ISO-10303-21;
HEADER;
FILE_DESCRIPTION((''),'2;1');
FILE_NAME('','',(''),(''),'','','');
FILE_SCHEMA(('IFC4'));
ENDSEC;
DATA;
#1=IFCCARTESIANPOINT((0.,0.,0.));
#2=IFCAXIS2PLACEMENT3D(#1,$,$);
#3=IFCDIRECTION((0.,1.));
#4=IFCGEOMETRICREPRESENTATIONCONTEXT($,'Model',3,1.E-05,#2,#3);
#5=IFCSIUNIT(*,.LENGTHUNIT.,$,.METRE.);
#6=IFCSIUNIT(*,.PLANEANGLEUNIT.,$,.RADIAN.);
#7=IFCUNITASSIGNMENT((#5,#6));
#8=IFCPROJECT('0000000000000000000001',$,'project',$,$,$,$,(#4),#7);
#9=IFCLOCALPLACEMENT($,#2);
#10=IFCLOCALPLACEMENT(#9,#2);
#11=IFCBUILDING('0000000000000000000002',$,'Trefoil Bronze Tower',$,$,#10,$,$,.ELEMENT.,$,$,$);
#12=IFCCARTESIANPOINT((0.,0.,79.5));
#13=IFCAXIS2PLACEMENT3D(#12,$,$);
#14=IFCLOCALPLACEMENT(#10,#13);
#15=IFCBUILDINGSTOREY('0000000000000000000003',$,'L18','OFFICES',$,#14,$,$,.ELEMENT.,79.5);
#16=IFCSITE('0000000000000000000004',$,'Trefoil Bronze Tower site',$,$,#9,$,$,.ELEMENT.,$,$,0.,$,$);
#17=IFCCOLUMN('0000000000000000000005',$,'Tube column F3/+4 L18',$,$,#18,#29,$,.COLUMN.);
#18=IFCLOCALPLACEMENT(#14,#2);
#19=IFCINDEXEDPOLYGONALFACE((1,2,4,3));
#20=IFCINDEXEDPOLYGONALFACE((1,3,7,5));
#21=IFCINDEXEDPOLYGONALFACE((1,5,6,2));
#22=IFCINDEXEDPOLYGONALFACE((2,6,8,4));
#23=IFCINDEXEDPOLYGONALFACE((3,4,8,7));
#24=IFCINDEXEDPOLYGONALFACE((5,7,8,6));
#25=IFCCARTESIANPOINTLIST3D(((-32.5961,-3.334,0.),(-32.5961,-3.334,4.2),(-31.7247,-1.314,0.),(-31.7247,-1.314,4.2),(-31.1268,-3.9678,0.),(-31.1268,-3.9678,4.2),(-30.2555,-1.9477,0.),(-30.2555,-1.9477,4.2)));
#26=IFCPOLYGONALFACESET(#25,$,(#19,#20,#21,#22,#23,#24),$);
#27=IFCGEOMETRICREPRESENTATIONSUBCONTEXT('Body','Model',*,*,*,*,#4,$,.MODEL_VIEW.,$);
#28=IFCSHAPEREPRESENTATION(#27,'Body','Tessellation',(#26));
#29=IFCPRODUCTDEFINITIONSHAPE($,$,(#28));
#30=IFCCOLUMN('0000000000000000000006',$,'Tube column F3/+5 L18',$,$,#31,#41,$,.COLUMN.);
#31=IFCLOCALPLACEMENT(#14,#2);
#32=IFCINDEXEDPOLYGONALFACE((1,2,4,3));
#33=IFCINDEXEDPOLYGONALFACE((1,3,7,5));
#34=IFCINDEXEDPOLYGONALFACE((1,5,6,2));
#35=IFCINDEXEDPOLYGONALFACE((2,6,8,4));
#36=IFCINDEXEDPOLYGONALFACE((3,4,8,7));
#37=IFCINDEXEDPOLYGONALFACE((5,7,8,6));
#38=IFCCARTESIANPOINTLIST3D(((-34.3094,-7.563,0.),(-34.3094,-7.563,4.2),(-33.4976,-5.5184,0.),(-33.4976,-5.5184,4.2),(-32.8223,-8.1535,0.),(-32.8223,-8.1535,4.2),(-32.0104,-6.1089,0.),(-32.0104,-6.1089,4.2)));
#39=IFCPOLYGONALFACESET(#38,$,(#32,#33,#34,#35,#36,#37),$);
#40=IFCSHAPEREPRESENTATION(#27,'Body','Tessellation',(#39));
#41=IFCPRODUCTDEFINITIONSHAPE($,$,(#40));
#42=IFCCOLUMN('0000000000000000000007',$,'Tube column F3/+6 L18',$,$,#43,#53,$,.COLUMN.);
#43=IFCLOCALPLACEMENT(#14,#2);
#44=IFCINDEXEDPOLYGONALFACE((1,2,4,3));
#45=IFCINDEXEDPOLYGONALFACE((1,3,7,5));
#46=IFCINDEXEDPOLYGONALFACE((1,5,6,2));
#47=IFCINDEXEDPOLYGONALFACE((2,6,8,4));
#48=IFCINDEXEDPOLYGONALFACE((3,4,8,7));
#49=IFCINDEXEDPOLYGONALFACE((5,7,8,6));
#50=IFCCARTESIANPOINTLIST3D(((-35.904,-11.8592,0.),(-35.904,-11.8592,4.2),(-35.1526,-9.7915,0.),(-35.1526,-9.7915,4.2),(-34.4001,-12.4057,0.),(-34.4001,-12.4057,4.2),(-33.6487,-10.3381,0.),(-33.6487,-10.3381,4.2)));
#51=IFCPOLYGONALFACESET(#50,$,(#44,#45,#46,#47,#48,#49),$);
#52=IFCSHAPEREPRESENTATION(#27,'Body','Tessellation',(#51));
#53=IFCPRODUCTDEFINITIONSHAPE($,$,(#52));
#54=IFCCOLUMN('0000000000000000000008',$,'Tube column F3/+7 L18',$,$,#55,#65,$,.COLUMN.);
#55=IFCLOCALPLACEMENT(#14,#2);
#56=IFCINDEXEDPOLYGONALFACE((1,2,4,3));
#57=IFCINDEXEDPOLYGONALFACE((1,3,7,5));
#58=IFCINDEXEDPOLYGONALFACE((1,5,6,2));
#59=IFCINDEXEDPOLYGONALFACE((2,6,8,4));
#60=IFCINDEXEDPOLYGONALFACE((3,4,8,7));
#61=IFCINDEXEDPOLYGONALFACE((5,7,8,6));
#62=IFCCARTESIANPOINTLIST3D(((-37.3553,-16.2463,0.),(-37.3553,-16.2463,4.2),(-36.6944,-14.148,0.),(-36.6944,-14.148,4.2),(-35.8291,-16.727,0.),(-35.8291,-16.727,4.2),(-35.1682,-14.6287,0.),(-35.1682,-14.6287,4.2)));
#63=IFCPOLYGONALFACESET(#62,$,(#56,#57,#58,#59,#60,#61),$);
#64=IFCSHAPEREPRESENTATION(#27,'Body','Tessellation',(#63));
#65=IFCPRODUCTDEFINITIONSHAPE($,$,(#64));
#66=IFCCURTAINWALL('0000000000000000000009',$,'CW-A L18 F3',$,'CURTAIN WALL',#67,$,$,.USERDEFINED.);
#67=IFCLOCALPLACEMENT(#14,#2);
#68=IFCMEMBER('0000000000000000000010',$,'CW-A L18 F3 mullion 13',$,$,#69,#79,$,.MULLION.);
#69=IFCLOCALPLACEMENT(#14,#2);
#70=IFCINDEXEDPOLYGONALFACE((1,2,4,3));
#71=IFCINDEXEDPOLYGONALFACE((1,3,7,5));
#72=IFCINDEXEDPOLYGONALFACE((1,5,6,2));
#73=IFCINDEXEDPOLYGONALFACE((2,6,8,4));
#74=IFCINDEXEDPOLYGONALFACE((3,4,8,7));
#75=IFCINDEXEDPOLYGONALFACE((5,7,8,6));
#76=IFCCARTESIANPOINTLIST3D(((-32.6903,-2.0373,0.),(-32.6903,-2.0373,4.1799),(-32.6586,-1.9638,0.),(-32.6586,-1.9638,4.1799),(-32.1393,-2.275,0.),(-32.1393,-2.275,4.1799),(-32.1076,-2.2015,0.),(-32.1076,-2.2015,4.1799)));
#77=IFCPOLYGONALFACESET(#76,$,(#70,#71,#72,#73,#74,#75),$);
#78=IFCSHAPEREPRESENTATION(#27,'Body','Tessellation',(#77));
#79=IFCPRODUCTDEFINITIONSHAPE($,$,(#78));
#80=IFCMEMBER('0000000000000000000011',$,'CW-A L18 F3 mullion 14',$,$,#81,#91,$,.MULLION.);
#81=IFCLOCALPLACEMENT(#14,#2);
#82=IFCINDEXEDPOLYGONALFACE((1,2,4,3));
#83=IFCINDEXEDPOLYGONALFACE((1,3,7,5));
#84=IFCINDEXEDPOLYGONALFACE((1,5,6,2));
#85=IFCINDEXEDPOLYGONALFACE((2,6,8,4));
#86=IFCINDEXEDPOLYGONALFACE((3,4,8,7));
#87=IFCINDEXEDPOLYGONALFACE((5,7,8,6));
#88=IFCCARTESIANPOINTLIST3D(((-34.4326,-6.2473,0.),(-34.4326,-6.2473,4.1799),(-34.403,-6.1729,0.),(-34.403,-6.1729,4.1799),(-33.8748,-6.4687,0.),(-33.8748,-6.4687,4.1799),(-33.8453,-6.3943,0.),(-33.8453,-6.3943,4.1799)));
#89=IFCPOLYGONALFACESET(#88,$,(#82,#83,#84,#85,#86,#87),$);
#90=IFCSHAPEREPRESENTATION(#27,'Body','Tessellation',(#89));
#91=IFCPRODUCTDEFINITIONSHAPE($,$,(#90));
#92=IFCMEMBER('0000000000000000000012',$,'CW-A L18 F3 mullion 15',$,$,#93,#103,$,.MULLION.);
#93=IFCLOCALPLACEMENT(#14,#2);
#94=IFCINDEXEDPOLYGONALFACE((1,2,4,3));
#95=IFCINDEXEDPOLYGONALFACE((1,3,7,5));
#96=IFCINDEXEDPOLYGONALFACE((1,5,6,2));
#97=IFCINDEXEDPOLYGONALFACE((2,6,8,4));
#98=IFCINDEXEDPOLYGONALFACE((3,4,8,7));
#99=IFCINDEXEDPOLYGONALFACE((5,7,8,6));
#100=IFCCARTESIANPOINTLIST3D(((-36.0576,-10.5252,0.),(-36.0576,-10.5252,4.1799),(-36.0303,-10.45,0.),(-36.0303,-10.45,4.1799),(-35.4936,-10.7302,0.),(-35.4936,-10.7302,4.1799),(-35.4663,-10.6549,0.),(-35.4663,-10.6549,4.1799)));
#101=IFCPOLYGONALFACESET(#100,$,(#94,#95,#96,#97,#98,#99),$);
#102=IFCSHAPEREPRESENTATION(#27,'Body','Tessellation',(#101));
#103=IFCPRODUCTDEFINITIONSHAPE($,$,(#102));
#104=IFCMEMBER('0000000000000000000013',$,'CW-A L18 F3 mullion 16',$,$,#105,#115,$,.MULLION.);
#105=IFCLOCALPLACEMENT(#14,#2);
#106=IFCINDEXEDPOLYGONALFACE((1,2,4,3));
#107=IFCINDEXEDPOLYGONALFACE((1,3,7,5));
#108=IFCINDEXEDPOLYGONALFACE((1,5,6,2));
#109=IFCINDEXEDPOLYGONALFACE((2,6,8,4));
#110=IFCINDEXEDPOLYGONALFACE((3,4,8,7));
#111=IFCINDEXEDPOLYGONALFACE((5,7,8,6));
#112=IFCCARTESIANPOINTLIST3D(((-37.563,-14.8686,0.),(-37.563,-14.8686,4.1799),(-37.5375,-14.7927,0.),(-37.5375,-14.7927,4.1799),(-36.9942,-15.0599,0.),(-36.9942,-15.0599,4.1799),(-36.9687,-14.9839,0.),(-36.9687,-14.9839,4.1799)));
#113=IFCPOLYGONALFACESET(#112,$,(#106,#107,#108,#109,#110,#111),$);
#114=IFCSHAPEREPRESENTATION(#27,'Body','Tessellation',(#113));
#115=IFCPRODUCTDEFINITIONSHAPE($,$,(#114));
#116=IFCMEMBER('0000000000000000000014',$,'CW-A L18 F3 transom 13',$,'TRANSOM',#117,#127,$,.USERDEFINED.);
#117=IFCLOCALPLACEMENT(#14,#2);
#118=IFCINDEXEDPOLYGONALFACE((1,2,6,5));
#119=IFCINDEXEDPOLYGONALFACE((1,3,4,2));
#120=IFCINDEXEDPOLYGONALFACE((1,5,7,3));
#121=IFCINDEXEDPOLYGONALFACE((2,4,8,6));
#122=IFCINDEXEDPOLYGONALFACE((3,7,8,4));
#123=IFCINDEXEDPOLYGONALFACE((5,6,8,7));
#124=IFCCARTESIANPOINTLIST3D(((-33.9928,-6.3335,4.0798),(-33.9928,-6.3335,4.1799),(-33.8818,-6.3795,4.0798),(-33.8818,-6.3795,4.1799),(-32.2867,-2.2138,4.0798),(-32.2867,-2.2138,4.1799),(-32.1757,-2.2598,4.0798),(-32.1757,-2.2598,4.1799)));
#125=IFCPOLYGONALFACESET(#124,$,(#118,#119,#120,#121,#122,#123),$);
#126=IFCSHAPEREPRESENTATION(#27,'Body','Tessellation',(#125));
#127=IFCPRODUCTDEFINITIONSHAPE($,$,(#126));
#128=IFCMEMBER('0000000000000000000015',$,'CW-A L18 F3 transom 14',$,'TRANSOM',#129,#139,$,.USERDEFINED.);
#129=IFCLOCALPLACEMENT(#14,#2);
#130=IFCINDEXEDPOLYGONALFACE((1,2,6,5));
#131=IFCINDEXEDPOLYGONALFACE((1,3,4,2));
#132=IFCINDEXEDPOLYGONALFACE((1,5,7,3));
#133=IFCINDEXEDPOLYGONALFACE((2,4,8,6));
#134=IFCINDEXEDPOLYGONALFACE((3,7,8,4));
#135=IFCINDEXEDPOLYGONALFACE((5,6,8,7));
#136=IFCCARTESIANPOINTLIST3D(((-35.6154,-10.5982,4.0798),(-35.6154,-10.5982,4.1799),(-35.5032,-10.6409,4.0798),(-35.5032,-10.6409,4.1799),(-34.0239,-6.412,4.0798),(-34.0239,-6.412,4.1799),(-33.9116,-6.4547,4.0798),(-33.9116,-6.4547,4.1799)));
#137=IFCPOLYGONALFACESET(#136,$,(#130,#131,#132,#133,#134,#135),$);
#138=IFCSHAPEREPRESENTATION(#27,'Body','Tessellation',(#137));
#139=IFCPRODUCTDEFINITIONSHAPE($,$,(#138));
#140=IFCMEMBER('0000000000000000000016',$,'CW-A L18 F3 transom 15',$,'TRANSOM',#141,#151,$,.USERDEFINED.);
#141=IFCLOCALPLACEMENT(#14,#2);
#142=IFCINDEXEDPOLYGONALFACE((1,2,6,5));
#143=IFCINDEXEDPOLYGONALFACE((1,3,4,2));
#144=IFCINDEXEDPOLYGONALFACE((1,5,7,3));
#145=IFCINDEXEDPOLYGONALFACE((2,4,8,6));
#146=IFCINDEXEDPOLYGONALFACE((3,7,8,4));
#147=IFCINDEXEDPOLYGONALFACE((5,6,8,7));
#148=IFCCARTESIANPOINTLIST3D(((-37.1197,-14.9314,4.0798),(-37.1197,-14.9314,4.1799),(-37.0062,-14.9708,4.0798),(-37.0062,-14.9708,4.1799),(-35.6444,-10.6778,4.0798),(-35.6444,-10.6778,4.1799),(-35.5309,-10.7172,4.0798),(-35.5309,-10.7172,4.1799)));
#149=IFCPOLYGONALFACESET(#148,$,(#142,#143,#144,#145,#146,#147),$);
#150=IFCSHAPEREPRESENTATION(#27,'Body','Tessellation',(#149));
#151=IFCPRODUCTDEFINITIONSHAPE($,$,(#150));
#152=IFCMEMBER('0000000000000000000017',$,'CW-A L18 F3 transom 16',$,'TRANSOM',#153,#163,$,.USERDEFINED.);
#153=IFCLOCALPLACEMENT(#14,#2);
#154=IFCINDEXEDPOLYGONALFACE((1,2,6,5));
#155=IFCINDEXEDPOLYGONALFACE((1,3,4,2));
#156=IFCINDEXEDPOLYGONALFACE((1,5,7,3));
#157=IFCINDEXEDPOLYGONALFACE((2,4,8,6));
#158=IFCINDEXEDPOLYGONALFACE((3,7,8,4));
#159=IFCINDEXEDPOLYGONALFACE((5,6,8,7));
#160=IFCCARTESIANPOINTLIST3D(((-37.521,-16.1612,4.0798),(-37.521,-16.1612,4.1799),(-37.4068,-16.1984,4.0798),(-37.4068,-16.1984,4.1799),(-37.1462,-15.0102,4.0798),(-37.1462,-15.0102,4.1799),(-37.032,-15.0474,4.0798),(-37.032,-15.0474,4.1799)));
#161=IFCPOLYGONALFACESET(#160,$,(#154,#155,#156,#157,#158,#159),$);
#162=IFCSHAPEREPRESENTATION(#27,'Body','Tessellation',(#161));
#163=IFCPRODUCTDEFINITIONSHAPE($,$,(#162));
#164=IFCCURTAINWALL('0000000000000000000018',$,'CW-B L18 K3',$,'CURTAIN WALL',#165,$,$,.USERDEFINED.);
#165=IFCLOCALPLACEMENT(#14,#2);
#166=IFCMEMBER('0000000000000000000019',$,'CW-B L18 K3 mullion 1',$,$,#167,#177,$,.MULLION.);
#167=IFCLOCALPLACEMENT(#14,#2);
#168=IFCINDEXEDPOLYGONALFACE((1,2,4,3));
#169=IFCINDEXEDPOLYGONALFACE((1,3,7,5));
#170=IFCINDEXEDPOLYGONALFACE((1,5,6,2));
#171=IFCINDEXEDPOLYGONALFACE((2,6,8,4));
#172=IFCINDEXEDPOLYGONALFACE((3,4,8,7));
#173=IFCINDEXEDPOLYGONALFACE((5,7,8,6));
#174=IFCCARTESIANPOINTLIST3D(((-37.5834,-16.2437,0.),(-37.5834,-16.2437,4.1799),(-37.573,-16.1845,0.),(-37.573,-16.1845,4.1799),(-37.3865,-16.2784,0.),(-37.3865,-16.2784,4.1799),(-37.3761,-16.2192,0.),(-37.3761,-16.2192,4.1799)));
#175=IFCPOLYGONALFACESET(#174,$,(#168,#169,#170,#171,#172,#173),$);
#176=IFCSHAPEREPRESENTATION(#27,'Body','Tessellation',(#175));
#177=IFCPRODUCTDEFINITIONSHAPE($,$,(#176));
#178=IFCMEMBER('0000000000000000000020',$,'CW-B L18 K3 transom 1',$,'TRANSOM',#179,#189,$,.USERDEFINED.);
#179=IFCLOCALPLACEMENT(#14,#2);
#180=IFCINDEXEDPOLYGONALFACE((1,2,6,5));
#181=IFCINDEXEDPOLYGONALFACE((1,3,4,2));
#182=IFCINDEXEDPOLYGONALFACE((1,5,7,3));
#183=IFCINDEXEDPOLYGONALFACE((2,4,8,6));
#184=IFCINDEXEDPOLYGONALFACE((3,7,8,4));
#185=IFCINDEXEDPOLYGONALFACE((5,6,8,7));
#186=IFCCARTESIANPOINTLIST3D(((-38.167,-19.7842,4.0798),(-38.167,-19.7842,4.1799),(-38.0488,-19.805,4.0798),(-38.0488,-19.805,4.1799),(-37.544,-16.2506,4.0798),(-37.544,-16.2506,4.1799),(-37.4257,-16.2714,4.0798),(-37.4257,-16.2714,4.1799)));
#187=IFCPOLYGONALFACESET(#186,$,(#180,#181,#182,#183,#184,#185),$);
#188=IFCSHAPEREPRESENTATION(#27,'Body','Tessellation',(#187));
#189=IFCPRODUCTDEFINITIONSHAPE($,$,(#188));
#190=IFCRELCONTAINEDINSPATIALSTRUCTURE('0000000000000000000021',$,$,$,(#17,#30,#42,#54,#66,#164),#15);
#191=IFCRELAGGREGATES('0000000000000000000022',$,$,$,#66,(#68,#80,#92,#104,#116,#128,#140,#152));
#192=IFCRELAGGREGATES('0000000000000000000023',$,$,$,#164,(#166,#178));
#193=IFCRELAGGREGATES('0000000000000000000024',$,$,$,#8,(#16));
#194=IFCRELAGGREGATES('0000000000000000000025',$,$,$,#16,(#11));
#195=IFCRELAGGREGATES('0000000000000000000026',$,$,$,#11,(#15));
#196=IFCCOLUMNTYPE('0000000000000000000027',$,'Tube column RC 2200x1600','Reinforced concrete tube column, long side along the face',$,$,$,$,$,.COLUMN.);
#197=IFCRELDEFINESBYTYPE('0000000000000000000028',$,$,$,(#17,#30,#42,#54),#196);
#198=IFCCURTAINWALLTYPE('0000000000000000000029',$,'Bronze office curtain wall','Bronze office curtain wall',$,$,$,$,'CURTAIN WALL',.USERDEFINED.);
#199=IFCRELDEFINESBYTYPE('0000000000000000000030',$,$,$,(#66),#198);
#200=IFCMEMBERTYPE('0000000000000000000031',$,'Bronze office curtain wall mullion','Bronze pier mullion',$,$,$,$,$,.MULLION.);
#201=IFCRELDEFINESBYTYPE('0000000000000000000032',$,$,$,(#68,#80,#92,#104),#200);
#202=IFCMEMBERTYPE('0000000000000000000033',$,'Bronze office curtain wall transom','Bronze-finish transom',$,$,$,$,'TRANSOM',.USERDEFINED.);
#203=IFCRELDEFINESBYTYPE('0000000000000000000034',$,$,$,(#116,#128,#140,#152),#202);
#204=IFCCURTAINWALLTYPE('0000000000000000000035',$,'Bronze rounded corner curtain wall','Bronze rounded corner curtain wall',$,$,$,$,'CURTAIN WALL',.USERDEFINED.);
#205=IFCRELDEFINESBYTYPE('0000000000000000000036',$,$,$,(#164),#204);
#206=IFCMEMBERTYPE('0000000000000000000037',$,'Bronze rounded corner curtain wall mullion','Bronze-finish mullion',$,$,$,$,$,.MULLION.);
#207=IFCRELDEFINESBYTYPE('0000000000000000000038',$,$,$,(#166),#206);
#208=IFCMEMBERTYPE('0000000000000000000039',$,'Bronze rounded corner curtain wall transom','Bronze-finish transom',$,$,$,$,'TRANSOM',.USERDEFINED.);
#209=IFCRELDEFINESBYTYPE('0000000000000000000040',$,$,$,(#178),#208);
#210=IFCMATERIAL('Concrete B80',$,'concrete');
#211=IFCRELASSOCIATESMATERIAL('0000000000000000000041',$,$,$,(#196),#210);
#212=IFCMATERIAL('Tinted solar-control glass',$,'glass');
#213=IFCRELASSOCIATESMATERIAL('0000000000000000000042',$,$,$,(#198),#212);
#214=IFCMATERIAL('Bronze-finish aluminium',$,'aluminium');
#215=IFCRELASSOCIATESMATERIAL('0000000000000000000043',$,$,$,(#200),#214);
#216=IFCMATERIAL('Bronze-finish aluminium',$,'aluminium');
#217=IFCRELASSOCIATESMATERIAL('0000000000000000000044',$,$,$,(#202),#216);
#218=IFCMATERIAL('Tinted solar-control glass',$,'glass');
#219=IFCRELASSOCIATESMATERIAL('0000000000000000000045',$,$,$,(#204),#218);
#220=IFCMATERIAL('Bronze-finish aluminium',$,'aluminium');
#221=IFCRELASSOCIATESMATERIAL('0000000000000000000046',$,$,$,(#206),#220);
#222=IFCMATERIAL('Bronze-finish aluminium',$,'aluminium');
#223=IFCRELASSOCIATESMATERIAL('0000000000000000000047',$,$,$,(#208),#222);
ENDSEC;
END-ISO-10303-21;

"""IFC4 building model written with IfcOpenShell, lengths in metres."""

from ifc_helpers import new_model, si_unit, direction, frame, origin, origin_2d, place, context, subcontext, project, spatial, rectangle, extrude, material, material_profile, profile_set, type_object, element, aggregate, save


model = new_model("IFC4")

# Units and contexts
model_context = context("Model", 3, precision=1e-05, world=origin(), true_north=direction((0.0, 1.0)))
body_context = subcontext(model_context, "Body", "Model", "MODEL_VIEW")
ifc_project = project(units=[si_unit("LENGTHUNIT", "METRE"), si_unit("PLANEANGLEUNIT", "RADIAN")], contexts=[model_context])

# Site, building, storey
site_placement = place(None, origin())
site = spatial("IfcSite", under=ifc_project, at=site_placement, Name="Trefoil Bronze Tower site", CompositionType="ELEMENT", RefElevation=0.0)
building_placement = place(site_placement, origin())
building = spatial("IfcBuilding", under=site, at=building_placement, Name="Trefoil Bronze Tower", CompositionType="ELEMENT")
storey_placement = place(building_placement, frame((0.0, 0.0, 79.5)))
storey = spatial("IfcBuildingStorey", under=building, at=storey_placement, Name="L18", Description="OFFICES", CompositionType="ELEMENT", Elevation=79.5)

# Columns
ifc_material_1 = material(Name="Concrete B80", Category="concrete")
ifc_material_profile_1 = material_profile(ifc_material_1, rectangle(XDim=2.2, YDim=1.6001, at=origin_2d()), Name="RC 2200x1600")
ifc_profile_set_1 = profile_set([ifc_material_profile_1], Name="Concrete B80")
column_type = type_object("IfcColumnType", Name="Tube column RC 2200x1600", Description="Reinforced concrete tube column, long side along the face", PredefinedType="COLUMN", material=ifc_profile_set_1)
for number, where, z_axis, x_axis, name in (
    (1, (-31.4258, -2.6409, 0.0), (0.0, 0.0, 1.0), (-0.396085, -0.918214, 0.0), "Tube column F3/+4 L18"),
    (2, (-33.1599, -6.8359, 0.0), (0.0, 0.0, 1.0), (-0.36904, -0.929414, 0.0), "Tube column F3/+5 L18"),
    (3, (-34.7764, -11.0986, 0.0), (0.0, 0.0, 1.0), (-0.341559, -0.93986, 0.0), "Tube column F3/+6 L18"),
    (4, (-36.2617, -15.4375, 0.0), (0.0, 0.0, 1.0), (-0.300414, -0.953809, 0.0), "Tube column F3/+7 L18"),
):
    element("IfcColumn", number, at=place(storey_placement, frame(where, z_axis=z_axis, x_axis=x_axis)), inside=storey, type_object=column_type, Name=name, PredefinedType="COLUMN", context=body_context, shape_type="SweptSolid", body=[
        extrude(rectangle(XDim=2.2, YDim=1.6001, at=origin_2d()), origin(), (0.0, 0.0, 1.0), 4.2),
    ])

# Curtain walls, members
ifc_material_2 = material(Name="Tinted solar-control glass", Category="glass")
curtain_wall_type_1 = type_object("IfcCurtainWallType", Name="Bronze office curtain wall", Description="Bronze office curtain wall", ElementType="CURTAIN WALL", PredefinedType="USERDEFINED", material=ifc_material_2)
curtain_wall_1_placement = place(storey_placement, origin())
curtain_wall_1 = element("IfcCurtainWall", 5, at=curtain_wall_1_placement, inside=storey, type_object=curtain_wall_type_1, Name="CW-A L18 F3", ObjectType="CURTAIN WALL", PredefinedType="USERDEFINED")
ifc_material_3 = material(Name="Bronze-finish aluminium", Category="aluminium")
ifc_material_profile_2 = material_profile(ifc_material_3, rectangle(XDim=0.6001, YDim=0.0801, at=origin_2d()), Name="CW-A mullion")
ifc_profile_set_2 = profile_set([ifc_material_profile_2], Name="Bronze-finish aluminium")
member_type_1 = type_object("IfcMemberType", Name="Bronze office curtain wall mullion", Description="Bronze pier mullion", PredefinedType="MULLION", material=ifc_profile_set_2)
member_1_placement = place(storey_placement, frame((-32.3989, -2.1194, 0.0), z_axis=(0.0, 0.0, 1.0), x_axis=(0.918214, -0.396085, 0.0)))
member_1 = element("IfcMember", 6, at=member_1_placement, type_object=member_type_1, Name="CW-A L18 F3 mullion 13", PredefinedType="MULLION", context=body_context, shape_type="SweptSolid", body=[
    extrude(rectangle(XDim=0.6001, YDim=0.0801, at=origin_2d()), origin(), (0.0, 0.0, 1.0), 4.1799),
])
member_2_placement = place(storey_placement, frame((-34.1389, -6.3208, 0.0), z_axis=(0.0, 0.0, 1.0), x_axis=(0.929414, -0.36904, 0.0)))
member_2 = element("IfcMember", 7, at=member_2_placement, type_object=member_type_1, Name="CW-A L18 F3 mullion 14", PredefinedType="MULLION", context=body_context, shape_type="SweptSolid", body=[
    extrude(rectangle(XDim=0.6001, YDim=0.0801, at=origin_2d()), origin(), (0.0, 0.0, 1.0), 4.1799),
])
member_3_placement = place(storey_placement, frame((-35.762, -10.5901, 0.0), z_axis=(0.0, 0.0, 1.0), x_axis=(0.93986, -0.341559, 0.0)))
member_3 = element("IfcMember", 8, at=member_3_placement, type_object=member_type_1, Name="CW-A L18 F3 mullion 15", PredefinedType="MULLION", context=body_context, shape_type="SweptSolid", body=[
    extrude(rectangle(XDim=0.6001, YDim=0.0801, at=origin_2d()), origin(), (0.0, 0.0, 1.0), 4.1799),
])
member_4_placement = place(storey_placement, frame((-37.2659, -14.9263, 0.0), z_axis=(0.0, 0.0, 1.0), x_axis=(0.947851, -0.318715, 0.0)))
member_4 = element("IfcMember", 9, at=member_4_placement, type_object=member_type_1, Name="CW-A L18 F3 mullion 16", PredefinedType="MULLION", context=body_context, shape_type="SweptSolid", body=[
    extrude(rectangle(XDim=0.6001, YDim=0.0801, at=origin_2d()), origin(), (0.0, 0.0, 1.0), 4.1799),
])
ifc_material_4 = material(Name="Bronze-finish aluminium", Category="aluminium")
ifc_material_profile_3 = material_profile(ifc_material_4, rectangle(XDim=0.1201, YDim=0.1001, at=origin_2d()), Name="CW-A transom")
ifc_profile_set_3 = profile_set([ifc_material_profile_3], Name="Bronze-finish aluminium")
member_type_2 = type_object("IfcMemberType", Name="Bronze office curtain wall transom", Description="Bronze-finish transom", ElementType="TRANSOM", PredefinedType="USERDEFINED", material=ifc_profile_set_3)
member_5_placement = place(storey_placement, frame((-32.2312, -2.2368, 4.1299), z_axis=(-0.382616, -0.923907, 0.0), x_axis=(0.923907, -0.382616, 0.0)))
member_5 = element("IfcMember", 10, at=member_5_placement, type_object=member_type_2, Name="CW-A L18 F3 transom 13", ObjectType="TRANSOM", PredefinedType="USERDEFINED", context=body_context, shape_type="SweptSolid", body=[
    extrude(rectangle(XDim=0.1201, YDim=0.1001, at=origin_2d()), origin(), (0.0, 0.0, 1.0), 4.459),
])
member_6_placement = place(storey_placement, frame((-33.9678, -6.4333, 4.1299), z_axis=(-0.355367, -0.934727, 0.0), x_axis=(0.934727, -0.355367, 0.0)))
member_6 = element("IfcMember", 11, at=member_6_placement, type_object=member_type_2, Name="CW-A L18 F3 transom 14", ObjectType="TRANSOM", PredefinedType="USERDEFINED", context=body_context, shape_type="SweptSolid", body=[
    extrude(rectangle(XDim=0.1201, YDim=0.1001, at=origin_2d()), origin(), (0.0, 0.0, 1.0), 4.4785),
])
member_7_placement = place(storey_placement, frame((-35.5876, -10.6975, 4.1299), z_axis=(-0.32769, -0.944785, 0.0), x_axis=(0.944785, -0.32769, 0.0)))
member_7 = element("IfcMember", 12, at=member_7_placement, type_object=member_type_2, Name="CW-A L18 F3 transom 15", ObjectType="TRANSOM", PredefinedType="USERDEFINED", context=body_context, shape_type="SweptSolid", body=[
    extrude(rectangle(XDim=0.1201, YDim=0.1001, at=origin_2d()), origin(), (0.0, 0.0, 1.0), 4.5022),
])
member_8_placement = place(storey_placement, frame((-37.0891, -15.0288, 4.1299), z_axis=(-0.309624, -0.950859, 0.0), x_axis=(0.950859, -0.309624, 0.0)))
member_8 = element("IfcMember", 13, at=member_8_placement, type_object=member_type_2, Name="CW-A L18 F3 transom 16", ObjectType="TRANSOM", PredefinedType="USERDEFINED", context=body_context, shape_type="SweptSolid", body=[
    extrude(rectangle(XDim=0.1201, YDim=0.1001, at=origin_2d()), origin(), (0.0, 0.0, 1.0), 1.2104),
])
ifc_material_5 = material(Name="Tinted solar-control glass", Category="glass")
curtain_wall_type_2 = type_object("IfcCurtainWallType", Name="Bronze rounded corner curtain wall", Description="Bronze rounded corner curtain wall", ElementType="CURTAIN WALL", PredefinedType="USERDEFINED", material=ifc_material_5)
curtain_wall_2_placement = place(storey_placement, origin())
curtain_wall_2 = element("IfcCurtainWall", 14, at=curtain_wall_2_placement, inside=storey, type_object=curtain_wall_type_2, Name="CW-B L18 K3", ObjectType="CURTAIN WALL", PredefinedType="USERDEFINED")
ifc_material_6 = material(Name="Bronze-finish aluminium", Category="aluminium")
ifc_material_profile_4 = material_profile(ifc_material_6, rectangle(XDim=0.2, YDim=0.0601, at=origin_2d()), Name="CW-B mullion")
ifc_profile_set_4 = profile_set([ifc_material_profile_4], Name="Bronze-finish aluminium")
member_type_3 = type_object("IfcMemberType", Name="Bronze rounded corner curtain wall mullion", Description="Bronze-finish mullion", PredefinedType="MULLION", material=ifc_profile_set_4)
member_9_placement = place(storey_placement, frame((-37.4797, -16.2314, 0.0), z_axis=(0.0, 0.0, 1.0), x_axis=(0.984808, -0.173648, 0.0)))
member_9 = element("IfcMember", 15, at=member_9_placement, type_object=member_type_3, Name="CW-B L18 K3 mullion 1", PredefinedType="MULLION", context=body_context, shape_type="SweptSolid", body=[
    extrude(rectangle(XDim=0.2, YDim=0.0601, at=origin_2d()), origin(), (0.0, 0.0, 1.0), 4.1799),
])
ifc_material_7 = material(Name="Bronze-finish aluminium", Category="aluminium")
ifc_material_profile_5 = material_profile(ifc_material_7, rectangle(XDim=0.1201, YDim=0.1001, at=origin_2d()), Name="CW-B transom")
ifc_profile_set_5 = profile_set([ifc_material_profile_5], Name="Bronze-finish aluminium")
member_type_4 = type_object("IfcMemberType", Name="Bronze rounded corner curtain wall transom", Description="Bronze-finish transom", ElementType="TRANSOM", PredefinedType="USERDEFINED", material=ifc_profile_set_5)
member_10_placement = place(storey_placement, frame((-37.4849, -16.261, 4.1299), z_axis=(-0.173638, -0.98481, 0.0), x_axis=(0.98481, -0.173638, 0.0)))
member_10 = element("IfcMember", 16, at=member_10_placement, type_object=member_type_4, Name="CW-B L18 K3 transom 1", ObjectType="TRANSOM", PredefinedType="USERDEFINED", context=body_context, shape_type="SweptSolid", body=[
    extrude(rectangle(XDim=0.1201, YDim=0.1001, at=origin_2d()), origin(), (0.0, 0.0, 1.0), 3.5881),
])

aggregate(curtain_wall_1, [member_1, member_2, member_3, member_4, member_5, member_6, member_7, member_8])
aggregate(curtain_wall_2, [member_9, member_10])

save(model, "model.ifc")
